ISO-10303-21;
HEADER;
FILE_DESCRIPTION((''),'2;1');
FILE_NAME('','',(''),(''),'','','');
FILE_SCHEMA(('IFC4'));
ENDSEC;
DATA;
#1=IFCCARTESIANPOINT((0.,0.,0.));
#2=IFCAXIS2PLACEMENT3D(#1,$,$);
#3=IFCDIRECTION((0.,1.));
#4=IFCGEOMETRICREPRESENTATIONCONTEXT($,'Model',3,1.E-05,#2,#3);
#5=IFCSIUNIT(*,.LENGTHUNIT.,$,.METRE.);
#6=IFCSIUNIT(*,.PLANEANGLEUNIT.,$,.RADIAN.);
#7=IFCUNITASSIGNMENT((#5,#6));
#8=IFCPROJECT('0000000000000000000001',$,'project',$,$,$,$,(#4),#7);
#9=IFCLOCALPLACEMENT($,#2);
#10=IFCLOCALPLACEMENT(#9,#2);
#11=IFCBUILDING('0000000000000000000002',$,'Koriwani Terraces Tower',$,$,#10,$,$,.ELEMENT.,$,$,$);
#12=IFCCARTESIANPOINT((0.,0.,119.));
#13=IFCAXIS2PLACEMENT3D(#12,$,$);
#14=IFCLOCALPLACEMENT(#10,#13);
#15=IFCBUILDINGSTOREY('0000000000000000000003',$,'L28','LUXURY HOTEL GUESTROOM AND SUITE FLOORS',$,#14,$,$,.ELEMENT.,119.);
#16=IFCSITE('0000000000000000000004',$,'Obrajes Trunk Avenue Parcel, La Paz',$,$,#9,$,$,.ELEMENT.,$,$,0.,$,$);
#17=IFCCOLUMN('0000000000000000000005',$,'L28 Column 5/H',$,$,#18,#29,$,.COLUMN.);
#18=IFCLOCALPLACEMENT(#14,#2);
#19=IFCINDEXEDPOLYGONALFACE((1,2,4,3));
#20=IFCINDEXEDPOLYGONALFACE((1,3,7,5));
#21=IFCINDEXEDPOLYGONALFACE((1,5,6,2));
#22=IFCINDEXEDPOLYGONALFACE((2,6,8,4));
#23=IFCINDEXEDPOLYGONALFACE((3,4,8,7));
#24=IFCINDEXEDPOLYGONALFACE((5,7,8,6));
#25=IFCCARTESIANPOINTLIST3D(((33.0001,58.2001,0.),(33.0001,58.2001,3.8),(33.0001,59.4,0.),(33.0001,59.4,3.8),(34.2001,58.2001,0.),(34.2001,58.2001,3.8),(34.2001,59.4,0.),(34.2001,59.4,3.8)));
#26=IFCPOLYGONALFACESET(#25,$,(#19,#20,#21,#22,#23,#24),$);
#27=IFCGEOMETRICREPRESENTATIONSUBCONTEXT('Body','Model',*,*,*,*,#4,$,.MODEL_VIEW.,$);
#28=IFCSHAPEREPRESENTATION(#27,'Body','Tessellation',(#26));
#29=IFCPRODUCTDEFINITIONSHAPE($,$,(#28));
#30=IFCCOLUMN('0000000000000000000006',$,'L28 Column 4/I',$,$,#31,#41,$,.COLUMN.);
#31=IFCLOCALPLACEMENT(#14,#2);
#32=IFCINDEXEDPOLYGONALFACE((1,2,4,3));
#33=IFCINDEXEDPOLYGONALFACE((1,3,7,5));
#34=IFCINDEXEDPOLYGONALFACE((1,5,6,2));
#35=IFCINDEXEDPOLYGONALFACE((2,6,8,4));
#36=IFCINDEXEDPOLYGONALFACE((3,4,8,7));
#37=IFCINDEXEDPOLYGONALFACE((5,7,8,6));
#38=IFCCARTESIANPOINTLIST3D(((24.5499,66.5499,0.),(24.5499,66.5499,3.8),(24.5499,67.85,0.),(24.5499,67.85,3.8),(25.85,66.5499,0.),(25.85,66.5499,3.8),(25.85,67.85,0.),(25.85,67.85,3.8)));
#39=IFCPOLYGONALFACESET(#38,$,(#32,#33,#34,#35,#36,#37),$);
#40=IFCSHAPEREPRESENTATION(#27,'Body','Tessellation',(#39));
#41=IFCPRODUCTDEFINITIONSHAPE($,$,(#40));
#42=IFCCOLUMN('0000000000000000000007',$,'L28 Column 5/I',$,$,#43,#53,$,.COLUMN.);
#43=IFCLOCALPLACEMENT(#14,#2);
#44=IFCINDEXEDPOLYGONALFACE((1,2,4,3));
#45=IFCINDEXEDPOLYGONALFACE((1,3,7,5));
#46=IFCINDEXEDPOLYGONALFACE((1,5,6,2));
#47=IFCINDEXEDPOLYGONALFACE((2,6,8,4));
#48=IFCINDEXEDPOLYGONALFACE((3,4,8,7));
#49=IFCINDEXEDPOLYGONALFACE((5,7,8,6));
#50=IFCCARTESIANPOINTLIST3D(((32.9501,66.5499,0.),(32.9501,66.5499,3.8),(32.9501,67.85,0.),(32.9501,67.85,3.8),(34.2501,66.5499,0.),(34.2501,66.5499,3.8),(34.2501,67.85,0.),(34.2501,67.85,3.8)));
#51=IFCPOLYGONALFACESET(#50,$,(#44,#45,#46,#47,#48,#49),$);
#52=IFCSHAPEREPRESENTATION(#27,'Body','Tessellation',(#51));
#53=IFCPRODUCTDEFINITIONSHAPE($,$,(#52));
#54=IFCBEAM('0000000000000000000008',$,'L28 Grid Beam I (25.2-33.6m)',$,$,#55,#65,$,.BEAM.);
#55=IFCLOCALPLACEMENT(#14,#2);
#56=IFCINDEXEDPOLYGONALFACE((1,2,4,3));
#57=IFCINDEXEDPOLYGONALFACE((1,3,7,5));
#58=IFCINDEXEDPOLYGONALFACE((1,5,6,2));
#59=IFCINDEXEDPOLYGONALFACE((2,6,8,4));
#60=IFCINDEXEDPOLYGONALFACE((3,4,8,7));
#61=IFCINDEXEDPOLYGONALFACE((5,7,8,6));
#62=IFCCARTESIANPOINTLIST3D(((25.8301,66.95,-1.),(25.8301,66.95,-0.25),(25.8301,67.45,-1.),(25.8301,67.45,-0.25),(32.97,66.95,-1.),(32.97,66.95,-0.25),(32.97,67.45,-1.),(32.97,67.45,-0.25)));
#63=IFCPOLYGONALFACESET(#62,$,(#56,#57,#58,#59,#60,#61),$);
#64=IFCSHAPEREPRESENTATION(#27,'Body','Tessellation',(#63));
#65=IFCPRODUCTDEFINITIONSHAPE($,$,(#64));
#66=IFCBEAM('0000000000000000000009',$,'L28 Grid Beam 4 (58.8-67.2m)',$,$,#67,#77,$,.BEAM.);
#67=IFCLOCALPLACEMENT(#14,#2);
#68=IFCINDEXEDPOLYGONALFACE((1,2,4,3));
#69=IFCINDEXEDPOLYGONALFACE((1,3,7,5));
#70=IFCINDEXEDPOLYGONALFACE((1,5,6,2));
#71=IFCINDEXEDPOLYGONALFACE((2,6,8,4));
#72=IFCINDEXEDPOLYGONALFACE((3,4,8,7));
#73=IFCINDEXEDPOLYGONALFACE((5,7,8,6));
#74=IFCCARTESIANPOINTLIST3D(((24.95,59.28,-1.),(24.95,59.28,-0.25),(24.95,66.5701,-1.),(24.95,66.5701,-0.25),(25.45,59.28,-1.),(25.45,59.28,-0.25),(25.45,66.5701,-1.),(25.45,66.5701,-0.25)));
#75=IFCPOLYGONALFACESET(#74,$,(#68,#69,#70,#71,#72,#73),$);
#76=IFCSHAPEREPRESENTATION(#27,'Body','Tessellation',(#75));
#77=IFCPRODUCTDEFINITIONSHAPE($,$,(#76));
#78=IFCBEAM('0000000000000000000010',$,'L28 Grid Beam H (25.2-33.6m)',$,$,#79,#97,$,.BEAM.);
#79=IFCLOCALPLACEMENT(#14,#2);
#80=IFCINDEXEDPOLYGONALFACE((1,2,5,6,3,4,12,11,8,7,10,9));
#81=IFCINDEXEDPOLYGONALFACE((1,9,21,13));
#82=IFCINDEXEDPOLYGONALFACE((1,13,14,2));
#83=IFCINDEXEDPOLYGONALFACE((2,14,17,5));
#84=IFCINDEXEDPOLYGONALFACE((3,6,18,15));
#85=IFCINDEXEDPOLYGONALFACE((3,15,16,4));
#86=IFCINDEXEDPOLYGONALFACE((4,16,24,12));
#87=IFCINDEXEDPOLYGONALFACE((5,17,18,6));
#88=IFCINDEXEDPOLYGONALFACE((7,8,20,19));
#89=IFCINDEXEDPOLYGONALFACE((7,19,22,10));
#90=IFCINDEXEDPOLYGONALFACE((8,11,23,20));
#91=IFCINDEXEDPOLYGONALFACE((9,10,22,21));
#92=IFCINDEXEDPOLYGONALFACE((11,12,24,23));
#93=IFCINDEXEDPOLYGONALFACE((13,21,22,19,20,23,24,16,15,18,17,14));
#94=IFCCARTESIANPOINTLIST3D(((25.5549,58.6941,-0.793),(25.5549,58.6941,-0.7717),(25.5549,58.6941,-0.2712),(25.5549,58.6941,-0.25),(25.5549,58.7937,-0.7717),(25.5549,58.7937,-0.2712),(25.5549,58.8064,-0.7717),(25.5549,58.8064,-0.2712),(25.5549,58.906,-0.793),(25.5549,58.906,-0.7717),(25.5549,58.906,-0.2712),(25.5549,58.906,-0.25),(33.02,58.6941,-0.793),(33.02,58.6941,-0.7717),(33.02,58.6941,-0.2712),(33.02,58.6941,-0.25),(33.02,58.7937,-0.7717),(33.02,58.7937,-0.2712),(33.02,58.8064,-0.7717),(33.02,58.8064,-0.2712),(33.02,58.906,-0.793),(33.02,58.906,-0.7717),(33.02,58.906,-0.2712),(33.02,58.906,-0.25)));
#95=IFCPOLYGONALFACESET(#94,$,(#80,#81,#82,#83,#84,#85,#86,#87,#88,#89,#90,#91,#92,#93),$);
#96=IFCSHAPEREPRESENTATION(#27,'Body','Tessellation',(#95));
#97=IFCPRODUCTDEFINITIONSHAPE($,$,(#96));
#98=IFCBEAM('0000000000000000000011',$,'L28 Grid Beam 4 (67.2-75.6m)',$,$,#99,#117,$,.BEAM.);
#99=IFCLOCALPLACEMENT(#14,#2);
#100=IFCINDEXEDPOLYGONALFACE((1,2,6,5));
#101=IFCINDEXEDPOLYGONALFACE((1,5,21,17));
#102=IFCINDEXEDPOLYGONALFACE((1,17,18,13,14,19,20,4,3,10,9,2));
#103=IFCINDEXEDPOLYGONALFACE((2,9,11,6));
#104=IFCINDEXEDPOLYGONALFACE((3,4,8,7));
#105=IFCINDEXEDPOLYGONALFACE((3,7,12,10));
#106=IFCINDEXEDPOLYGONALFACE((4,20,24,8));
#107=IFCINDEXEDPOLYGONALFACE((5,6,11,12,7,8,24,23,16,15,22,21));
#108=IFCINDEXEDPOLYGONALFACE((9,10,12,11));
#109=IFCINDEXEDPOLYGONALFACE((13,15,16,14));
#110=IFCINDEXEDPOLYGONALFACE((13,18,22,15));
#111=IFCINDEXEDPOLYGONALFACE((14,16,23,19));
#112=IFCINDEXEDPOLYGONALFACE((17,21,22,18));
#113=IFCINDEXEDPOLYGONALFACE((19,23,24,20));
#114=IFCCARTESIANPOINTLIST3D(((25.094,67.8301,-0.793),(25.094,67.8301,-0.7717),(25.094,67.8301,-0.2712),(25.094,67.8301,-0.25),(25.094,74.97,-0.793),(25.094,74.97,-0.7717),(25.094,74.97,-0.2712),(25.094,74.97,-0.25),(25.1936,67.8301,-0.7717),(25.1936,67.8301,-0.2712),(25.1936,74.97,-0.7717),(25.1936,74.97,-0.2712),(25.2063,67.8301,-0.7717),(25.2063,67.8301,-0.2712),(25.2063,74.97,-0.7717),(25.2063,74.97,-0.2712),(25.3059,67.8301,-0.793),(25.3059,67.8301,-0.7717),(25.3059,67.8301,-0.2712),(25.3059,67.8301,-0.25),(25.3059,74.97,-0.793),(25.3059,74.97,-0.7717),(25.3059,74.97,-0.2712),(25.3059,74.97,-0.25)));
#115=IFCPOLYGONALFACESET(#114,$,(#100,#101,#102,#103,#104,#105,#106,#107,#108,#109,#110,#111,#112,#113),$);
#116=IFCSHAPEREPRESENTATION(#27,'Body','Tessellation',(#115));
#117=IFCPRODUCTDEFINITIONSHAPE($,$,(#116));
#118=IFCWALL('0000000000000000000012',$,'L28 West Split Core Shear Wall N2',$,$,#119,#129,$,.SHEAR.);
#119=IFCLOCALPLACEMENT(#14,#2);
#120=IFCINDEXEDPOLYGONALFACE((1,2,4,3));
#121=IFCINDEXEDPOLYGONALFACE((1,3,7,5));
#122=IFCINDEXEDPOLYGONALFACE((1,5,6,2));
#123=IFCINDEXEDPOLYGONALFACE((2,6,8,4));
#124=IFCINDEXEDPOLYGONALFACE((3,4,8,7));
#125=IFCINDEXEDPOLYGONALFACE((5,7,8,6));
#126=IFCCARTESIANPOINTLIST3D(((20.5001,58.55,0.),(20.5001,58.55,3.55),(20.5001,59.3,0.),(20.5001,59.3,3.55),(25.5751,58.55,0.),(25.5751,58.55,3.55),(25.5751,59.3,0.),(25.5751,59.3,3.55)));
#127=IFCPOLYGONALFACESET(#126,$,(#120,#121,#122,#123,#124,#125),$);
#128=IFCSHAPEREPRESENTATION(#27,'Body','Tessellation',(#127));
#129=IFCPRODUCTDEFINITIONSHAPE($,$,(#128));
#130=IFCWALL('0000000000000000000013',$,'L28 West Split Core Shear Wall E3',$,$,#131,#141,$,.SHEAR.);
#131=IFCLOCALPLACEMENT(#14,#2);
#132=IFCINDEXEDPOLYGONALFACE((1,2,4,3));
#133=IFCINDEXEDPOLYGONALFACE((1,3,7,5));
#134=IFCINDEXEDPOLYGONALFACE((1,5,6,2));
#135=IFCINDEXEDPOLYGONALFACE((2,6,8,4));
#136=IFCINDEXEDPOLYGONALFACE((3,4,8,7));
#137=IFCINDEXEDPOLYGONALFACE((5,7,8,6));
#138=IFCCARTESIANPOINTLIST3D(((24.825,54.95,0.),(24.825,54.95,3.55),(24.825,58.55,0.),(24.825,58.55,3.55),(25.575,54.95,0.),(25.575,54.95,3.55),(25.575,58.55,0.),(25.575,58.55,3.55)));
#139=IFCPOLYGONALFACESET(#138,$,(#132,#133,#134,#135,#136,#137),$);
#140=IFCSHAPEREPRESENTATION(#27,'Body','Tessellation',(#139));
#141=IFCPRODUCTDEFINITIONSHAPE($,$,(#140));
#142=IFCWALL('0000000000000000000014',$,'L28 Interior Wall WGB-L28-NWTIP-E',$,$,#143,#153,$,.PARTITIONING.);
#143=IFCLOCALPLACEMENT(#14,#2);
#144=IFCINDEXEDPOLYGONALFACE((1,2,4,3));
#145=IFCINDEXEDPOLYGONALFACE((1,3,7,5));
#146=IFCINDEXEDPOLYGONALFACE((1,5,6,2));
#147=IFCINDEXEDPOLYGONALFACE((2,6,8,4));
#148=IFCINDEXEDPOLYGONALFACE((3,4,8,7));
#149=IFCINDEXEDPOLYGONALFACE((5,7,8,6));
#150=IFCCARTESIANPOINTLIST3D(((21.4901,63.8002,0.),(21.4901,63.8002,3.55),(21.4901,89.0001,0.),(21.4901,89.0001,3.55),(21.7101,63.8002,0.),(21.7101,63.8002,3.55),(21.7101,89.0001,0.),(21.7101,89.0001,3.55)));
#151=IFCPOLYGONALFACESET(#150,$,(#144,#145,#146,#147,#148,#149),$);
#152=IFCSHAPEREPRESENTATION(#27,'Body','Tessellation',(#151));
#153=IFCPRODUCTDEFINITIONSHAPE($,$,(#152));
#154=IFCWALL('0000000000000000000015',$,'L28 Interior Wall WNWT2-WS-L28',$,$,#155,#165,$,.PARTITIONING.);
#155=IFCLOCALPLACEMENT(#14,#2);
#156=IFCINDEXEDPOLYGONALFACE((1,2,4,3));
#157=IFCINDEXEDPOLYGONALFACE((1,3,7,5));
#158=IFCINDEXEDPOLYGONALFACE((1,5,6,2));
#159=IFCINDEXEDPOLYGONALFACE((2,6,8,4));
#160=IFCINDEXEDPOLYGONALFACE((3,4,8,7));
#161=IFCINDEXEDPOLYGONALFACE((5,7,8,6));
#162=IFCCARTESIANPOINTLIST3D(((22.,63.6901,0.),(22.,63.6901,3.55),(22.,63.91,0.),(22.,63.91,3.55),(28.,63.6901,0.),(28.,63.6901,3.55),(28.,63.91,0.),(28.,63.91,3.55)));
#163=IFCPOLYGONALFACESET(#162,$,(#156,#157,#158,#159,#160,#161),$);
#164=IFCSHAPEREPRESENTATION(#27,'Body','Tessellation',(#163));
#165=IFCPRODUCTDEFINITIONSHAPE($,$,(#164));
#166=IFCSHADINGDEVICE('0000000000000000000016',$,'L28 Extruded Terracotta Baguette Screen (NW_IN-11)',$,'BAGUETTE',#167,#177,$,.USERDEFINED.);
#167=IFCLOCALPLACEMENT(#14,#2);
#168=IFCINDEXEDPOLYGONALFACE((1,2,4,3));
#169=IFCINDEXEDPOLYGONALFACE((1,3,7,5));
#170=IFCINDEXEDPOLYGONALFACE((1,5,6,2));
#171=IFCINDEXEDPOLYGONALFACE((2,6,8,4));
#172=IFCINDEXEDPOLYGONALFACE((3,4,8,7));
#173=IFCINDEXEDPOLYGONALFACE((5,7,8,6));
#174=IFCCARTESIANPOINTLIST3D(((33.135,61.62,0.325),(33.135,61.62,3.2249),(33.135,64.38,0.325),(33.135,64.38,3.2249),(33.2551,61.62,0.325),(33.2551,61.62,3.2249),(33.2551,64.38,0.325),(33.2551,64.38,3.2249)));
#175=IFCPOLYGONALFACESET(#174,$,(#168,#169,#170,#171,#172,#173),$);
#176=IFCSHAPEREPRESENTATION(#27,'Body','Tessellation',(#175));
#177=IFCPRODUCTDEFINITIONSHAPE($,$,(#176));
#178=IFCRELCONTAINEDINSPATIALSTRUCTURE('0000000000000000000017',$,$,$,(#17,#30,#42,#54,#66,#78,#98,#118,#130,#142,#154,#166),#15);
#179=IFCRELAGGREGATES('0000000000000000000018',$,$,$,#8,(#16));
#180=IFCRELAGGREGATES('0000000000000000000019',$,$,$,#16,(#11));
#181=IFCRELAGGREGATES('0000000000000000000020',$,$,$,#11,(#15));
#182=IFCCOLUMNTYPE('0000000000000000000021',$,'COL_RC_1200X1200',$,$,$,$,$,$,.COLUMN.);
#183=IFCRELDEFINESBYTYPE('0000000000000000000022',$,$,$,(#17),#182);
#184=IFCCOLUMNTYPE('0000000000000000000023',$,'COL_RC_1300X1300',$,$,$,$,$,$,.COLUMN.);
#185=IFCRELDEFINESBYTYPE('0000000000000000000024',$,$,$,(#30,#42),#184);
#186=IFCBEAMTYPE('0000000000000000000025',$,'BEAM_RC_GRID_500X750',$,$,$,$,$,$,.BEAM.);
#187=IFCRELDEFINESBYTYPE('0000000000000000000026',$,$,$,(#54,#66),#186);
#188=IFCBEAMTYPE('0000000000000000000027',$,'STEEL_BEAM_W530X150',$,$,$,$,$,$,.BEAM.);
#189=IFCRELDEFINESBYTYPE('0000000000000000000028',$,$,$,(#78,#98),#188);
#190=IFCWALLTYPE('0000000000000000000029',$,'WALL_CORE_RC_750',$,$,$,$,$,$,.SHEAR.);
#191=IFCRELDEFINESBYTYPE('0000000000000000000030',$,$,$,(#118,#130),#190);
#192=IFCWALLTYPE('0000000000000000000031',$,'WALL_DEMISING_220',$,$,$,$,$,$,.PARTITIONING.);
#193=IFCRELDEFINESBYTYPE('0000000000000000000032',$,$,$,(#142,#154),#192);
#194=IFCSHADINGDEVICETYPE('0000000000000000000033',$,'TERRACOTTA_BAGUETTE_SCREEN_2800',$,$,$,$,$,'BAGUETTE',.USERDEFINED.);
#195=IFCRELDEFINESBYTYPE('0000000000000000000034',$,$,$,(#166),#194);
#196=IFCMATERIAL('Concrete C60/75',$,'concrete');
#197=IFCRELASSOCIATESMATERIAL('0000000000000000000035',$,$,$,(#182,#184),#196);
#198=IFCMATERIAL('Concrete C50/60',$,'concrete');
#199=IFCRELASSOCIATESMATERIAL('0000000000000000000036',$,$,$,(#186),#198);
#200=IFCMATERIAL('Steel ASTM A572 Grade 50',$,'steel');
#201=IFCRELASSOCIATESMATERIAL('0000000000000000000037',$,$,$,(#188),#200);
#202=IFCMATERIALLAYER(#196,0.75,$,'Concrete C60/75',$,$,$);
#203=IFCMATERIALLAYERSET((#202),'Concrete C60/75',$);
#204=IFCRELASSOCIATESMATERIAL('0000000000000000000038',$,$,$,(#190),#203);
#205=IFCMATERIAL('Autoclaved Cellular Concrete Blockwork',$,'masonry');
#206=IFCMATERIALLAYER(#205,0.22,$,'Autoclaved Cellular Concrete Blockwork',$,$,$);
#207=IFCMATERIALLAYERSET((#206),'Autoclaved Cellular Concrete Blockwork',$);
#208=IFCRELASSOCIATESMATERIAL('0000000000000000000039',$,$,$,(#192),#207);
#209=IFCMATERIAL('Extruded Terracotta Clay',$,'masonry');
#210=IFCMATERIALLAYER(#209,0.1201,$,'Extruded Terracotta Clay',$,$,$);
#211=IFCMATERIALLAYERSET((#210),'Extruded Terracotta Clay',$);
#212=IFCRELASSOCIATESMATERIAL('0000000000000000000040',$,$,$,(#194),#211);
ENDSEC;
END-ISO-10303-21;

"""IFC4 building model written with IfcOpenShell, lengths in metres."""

from ifc_helpers import new_model, si_unit, direction, frame, frame_2d, origin, origin_2d, place, context, subcontext, project, spatial, rectangle, i_section, extrude, material, layer, layer_set, material_profile, profile_set, type_object, element, save


model = new_model("IFC4")

# Units and contexts
model_context = context("Model", 3, precision=1e-05, world=origin(), true_north=direction((0.0, 1.0)))
body_context = subcontext(model_context, "Body", "Model", "MODEL_VIEW")
ifc_project = project(units=[si_unit("LENGTHUNIT", "METRE"), si_unit("PLANEANGLEUNIT", "RADIAN")], contexts=[model_context])

# Site, building, storey
site_placement = place(None, origin())
site = spatial("IfcSite", under=ifc_project, at=site_placement, Name="Obrajes Trunk Avenue Parcel, La Paz", CompositionType="ELEMENT", RefElevation=0.0)
building_placement = place(site_placement, origin())
building = spatial("IfcBuilding", under=site, at=building_placement, Name="Koriwani Terraces Tower", CompositionType="ELEMENT")
storey_placement = place(building_placement, frame((0.0, 0.0, 119.0)))
storey = spatial("IfcBuildingStorey", under=building, at=storey_placement, Name="L28", Description="LUXURY HOTEL GUESTROOM AND SUITE FLOORS", CompositionType="ELEMENT", Elevation=119.0)

# Columns
ifc_material_1 = material(Name="Concrete C60/75", Category="concrete")
ifc_material_profile_1 = material_profile(ifc_material_1, rectangle(XDim=1.2, YDim=1.2, at=origin_2d()), Name="Concrete C60/75", Category="LoadBearing")
ifc_profile_set_1 = profile_set([ifc_material_profile_1], Name="Concrete C60/75")
column_type_1 = type_object("IfcColumnType", Name="COL_RC_1200X1200", PredefinedType="COLUMN", material=ifc_profile_set_1)
column_placement = place(storey_placement, frame((33.6001, 58.8, 0.0), z_axis=(0.0, 0.0, 1.0), x_axis=(1.0, 0.0, 0.0)))
element("IfcColumn", 1, at=column_placement, inside=storey, type_object=column_type_1, Name="L28 Column 5/H", PredefinedType="COLUMN", context=body_context, shape_type="SweptSolid", body=[
    extrude(rectangle(XDim=1.2, YDim=1.2, at=origin_2d()), origin(), (0.0, 0.0, 1.0), 3.8),
])
ifc_material_profile_2 = material_profile(ifc_material_1, rectangle(XDim=1.3, YDim=1.3, at=origin_2d()), Name="Concrete C60/75", Category="LoadBearing")
ifc_profile_set_2 = profile_set([ifc_material_profile_2], Name="Concrete C60/75")
column_type_2 = type_object("IfcColumnType", Name="COL_RC_1300X1300", PredefinedType="COLUMN", material=ifc_profile_set_2)
for number, where, z_axis, x_axis, name in (
    (2, (25.2, 67.2, 0.0), (0.0, 0.0, 1.0), (1.0, 0.0, 0.0), "L28 Column 4/I"),
    (3, (33.6001, 67.2, 0.0), (0.0, 0.0, 1.0), (1.0, 0.0, 0.0), "L28 Column 5/I"),
):
    element("IfcColumn", number, at=place(storey_placement, frame(where, z_axis=z_axis, x_axis=x_axis)), inside=storey, type_object=column_type_2, Name=name, PredefinedType="COLUMN", context=body_context, shape_type="SweptSolid", body=[
        extrude(rectangle(XDim=1.3, YDim=1.3, at=origin_2d()), origin(), (0.0, 0.0, 1.0), 3.8),
    ])

# Beams
ifc_material_2 = material(Name="Concrete C50/60", Category="concrete")
ifc_material_profile_3 = material_profile(ifc_material_2, rectangle(XDim=0.5, YDim=0.75, at=origin_2d()), Name="Concrete C50/60", Category="LoadBearing")
ifc_profile_set_3 = profile_set([ifc_material_profile_3], Name="Concrete C50/60")
beam_type_1 = type_object("IfcBeamType", Name="BEAM_RC_GRID_500X750", PredefinedType="BEAM", material=ifc_profile_set_3)
beam_1_placement = place(storey_placement, frame((25.8301, 67.2, -0.625), z_axis=(1.0, 0.0, 0.0), x_axis=(0.0, 1.0, 0.0)))
element("IfcBeam", 4, at=beam_1_placement, inside=storey, type_object=beam_type_1, Name="L28 Grid Beam I (25.2-33.6m)", PredefinedType="BEAM", context=body_context, shape_type="SweptSolid", body=[
    extrude(rectangle(XDim=0.5, YDim=0.75, at=origin_2d()), origin(), (0.0, 0.0, 1.0), 7.1399),
])
beam_2_placement = place(storey_placement, frame((25.2, 59.28, -0.625), z_axis=(0.0, 1.0, 0.0), x_axis=(-1.0, 0.0, 0.0)))
element("IfcBeam", 5, at=beam_2_placement, inside=storey, type_object=beam_type_1, Name="L28 Grid Beam 4 (58.8-67.2m)", PredefinedType="BEAM", context=body_context, shape_type="SweptSolid", body=[
    extrude(rectangle(XDim=0.5, YDim=0.75, at=origin_2d()), origin(), (0.0, 0.0, 1.0), 7.29),
])
ifc_material_3 = material(Name="Steel ASTM A572 Grade 50", Category="steel")
ifc_material_profile_4 = material_profile(ifc_material_3, i_section(OverallWidth=0.2119, OverallDepth=0.543, WebThickness=0.0127, FlangeThickness=0.0212, at=origin_2d()), Name="Steel ASTM A572 Grade 50", Category="LoadBearing")
ifc_profile_set_4 = profile_set([ifc_material_profile_4], Name="Steel ASTM A572 Grade 50")
beam_type_2 = type_object("IfcBeamType", Name="STEEL_BEAM_W530X150", PredefinedType="BEAM", material=ifc_profile_set_4)
beam_3_placement = place(storey_placement, frame((25.5549, 58.8, -0.5215), z_axis=(1.0, 0.0, 0.0), x_axis=(0.0, 1.0, 0.0)))
element("IfcBeam", 6, at=beam_3_placement, inside=storey, type_object=beam_type_2, Name="L28 Grid Beam H (25.2-33.6m)", PredefinedType="BEAM", context=body_context, shape_type="SweptSolid", body=[
    extrude(i_section(OverallWidth=0.2119, OverallDepth=0.543, WebThickness=0.0127, FlangeThickness=0.0212, at=origin_2d()), origin(), (0.0, 0.0, 1.0), 7.4651),
])
beam_4_placement = place(storey_placement, frame((25.2, 67.8301, -0.5215), z_axis=(0.0, 1.0, 0.0), x_axis=(-1.0, 0.0, 0.0)))
element("IfcBeam", 7, at=beam_4_placement, inside=storey, type_object=beam_type_2, Name="L28 Grid Beam 4 (67.2-75.6m)", PredefinedType="BEAM", context=body_context, shape_type="SweptSolid", body=[
    extrude(i_section(OverallWidth=0.2119, OverallDepth=0.543, WebThickness=0.0127, FlangeThickness=0.0212, at=origin_2d()), origin(), (0.0, 0.0, 1.0), 7.1399),
])

# Walls
ifc_layer_1 = layer(ifc_material_1, 0.75, Name="Concrete C60/75")
ifc_layer_set_1 = layer_set([ifc_layer_1], Name="Concrete C60/75")
wall_type_1 = type_object("IfcWallType", Name="WALL_CORE_RC_750", PredefinedType="SHEAR", material=ifc_layer_set_1)
wall_1_placement = place(storey_placement, frame((20.5, 58.925, 0.0), z_axis=(0.0, 0.0, 1.0), x_axis=(1.0, 0.0, 0.0)))
element("IfcWall", 8, at=wall_1_placement, inside=storey, type_object=wall_type_1, Name="L28 West Split Core Shear Wall N2", PredefinedType="SHEAR", context=body_context, shape_type="SweptSolid", body=[
    extrude(rectangle(XDim=5.075, YDim=0.75, at=frame_2d((2.5376, 0.0))), origin(), (0.0, 0.0, 1.0), 3.55),
])
wall_2_placement = place(storey_placement, frame((25.2, 54.95, 0.0), z_axis=(0.0, 0.0, 1.0), x_axis=(0.0, 1.0, 0.0)))
element("IfcWall", 9, at=wall_2_placement, inside=storey, type_object=wall_type_1, Name="L28 West Split Core Shear Wall E3", PredefinedType="SHEAR", context=body_context, shape_type="SweptSolid", body=[
    extrude(rectangle(XDim=3.6001, YDim=0.75, at=frame_2d((1.8, 0.0))), origin(), (0.0, 0.0, 1.0), 3.55),
])
ifc_material_4 = material(Name="Autoclaved Cellular Concrete Blockwork", Category="masonry")
ifc_layer_2 = layer(ifc_material_4, 0.22, Name="Autoclaved Cellular Concrete Blockwork")
ifc_layer_set_2 = layer_set([ifc_layer_2], Name="Autoclaved Cellular Concrete Blockwork")
wall_type_2 = type_object("IfcWallType", Name="WALL_DEMISING_220", PredefinedType="PARTITIONING", material=ifc_layer_set_2)
wall_3_placement = place(storey_placement, frame((21.6001, 63.8, 0.0), z_axis=(0.0, 0.0, 1.0), x_axis=(0.0, 1.0, 0.0)))
element("IfcWall", 10, at=wall_3_placement, inside=storey, type_object=wall_type_2, Name="L28 Interior Wall WGB-L28-NWTIP-E", PredefinedType="PARTITIONING", context=body_context, shape_type="SweptSolid", body=[
    extrude(rectangle(XDim=25.2, YDim=0.22, at=frame_2d((12.6001, 0.0))), origin(), (0.0, 0.0, 1.0), 3.55),
])
wall_4_placement = place(storey_placement, frame((22.0, 63.8, 0.0), z_axis=(0.0, 0.0, 1.0), x_axis=(1.0, 0.0, 0.0)))
element("IfcWall", 11, at=wall_4_placement, inside=storey, type_object=wall_type_2, Name="L28 Interior Wall WNWT2-WS-L28", PredefinedType="PARTITIONING", context=body_context, shape_type="SweptSolid", body=[
    extrude(rectangle(XDim=6.0, YDim=0.22, at=frame_2d((3.0, 0.0))), origin(), (0.0, 0.0, 1.0), 3.55),
])

# Shading device
ifc_material_5 = material(Name="Extruded Terracotta Clay", Category="masonry")
ifc_layer_3 = layer(ifc_material_5, 0.1201, Name="Extruded Terracotta Clay")
ifc_layer_set_3 = layer_set([ifc_layer_3], Name="Extruded Terracotta Clay")
shading_device_type = type_object("IfcShadingDeviceType", Name="TERRACOTTA_BAGUETTE_SCREEN_2800", ElementType="BAGUETTE", PredefinedType="USERDEFINED", material=ifc_layer_set_3)
shading_device_placement = place(storey_placement, frame((33.1951, 63.0, 0.325), z_axis=(0.0, 0.0, 1.0), x_axis=(0.0, -1.0, 0.0)))
element("IfcShadingDevice", 12, at=shading_device_placement, inside=storey, type_object=shading_device_type, Name="L28 Extruded Terracotta Baguette Screen (NW_IN-11)", ObjectType="BAGUETTE", PredefinedType="USERDEFINED", context=body_context, shape_type="SweptSolid", body=[
    extrude(rectangle(XDim=2.76, YDim=0.1201, at=origin_2d()), origin(), (0.0, 0.0, 1.0), 2.8999),
])

save(model, "model.ifc")
